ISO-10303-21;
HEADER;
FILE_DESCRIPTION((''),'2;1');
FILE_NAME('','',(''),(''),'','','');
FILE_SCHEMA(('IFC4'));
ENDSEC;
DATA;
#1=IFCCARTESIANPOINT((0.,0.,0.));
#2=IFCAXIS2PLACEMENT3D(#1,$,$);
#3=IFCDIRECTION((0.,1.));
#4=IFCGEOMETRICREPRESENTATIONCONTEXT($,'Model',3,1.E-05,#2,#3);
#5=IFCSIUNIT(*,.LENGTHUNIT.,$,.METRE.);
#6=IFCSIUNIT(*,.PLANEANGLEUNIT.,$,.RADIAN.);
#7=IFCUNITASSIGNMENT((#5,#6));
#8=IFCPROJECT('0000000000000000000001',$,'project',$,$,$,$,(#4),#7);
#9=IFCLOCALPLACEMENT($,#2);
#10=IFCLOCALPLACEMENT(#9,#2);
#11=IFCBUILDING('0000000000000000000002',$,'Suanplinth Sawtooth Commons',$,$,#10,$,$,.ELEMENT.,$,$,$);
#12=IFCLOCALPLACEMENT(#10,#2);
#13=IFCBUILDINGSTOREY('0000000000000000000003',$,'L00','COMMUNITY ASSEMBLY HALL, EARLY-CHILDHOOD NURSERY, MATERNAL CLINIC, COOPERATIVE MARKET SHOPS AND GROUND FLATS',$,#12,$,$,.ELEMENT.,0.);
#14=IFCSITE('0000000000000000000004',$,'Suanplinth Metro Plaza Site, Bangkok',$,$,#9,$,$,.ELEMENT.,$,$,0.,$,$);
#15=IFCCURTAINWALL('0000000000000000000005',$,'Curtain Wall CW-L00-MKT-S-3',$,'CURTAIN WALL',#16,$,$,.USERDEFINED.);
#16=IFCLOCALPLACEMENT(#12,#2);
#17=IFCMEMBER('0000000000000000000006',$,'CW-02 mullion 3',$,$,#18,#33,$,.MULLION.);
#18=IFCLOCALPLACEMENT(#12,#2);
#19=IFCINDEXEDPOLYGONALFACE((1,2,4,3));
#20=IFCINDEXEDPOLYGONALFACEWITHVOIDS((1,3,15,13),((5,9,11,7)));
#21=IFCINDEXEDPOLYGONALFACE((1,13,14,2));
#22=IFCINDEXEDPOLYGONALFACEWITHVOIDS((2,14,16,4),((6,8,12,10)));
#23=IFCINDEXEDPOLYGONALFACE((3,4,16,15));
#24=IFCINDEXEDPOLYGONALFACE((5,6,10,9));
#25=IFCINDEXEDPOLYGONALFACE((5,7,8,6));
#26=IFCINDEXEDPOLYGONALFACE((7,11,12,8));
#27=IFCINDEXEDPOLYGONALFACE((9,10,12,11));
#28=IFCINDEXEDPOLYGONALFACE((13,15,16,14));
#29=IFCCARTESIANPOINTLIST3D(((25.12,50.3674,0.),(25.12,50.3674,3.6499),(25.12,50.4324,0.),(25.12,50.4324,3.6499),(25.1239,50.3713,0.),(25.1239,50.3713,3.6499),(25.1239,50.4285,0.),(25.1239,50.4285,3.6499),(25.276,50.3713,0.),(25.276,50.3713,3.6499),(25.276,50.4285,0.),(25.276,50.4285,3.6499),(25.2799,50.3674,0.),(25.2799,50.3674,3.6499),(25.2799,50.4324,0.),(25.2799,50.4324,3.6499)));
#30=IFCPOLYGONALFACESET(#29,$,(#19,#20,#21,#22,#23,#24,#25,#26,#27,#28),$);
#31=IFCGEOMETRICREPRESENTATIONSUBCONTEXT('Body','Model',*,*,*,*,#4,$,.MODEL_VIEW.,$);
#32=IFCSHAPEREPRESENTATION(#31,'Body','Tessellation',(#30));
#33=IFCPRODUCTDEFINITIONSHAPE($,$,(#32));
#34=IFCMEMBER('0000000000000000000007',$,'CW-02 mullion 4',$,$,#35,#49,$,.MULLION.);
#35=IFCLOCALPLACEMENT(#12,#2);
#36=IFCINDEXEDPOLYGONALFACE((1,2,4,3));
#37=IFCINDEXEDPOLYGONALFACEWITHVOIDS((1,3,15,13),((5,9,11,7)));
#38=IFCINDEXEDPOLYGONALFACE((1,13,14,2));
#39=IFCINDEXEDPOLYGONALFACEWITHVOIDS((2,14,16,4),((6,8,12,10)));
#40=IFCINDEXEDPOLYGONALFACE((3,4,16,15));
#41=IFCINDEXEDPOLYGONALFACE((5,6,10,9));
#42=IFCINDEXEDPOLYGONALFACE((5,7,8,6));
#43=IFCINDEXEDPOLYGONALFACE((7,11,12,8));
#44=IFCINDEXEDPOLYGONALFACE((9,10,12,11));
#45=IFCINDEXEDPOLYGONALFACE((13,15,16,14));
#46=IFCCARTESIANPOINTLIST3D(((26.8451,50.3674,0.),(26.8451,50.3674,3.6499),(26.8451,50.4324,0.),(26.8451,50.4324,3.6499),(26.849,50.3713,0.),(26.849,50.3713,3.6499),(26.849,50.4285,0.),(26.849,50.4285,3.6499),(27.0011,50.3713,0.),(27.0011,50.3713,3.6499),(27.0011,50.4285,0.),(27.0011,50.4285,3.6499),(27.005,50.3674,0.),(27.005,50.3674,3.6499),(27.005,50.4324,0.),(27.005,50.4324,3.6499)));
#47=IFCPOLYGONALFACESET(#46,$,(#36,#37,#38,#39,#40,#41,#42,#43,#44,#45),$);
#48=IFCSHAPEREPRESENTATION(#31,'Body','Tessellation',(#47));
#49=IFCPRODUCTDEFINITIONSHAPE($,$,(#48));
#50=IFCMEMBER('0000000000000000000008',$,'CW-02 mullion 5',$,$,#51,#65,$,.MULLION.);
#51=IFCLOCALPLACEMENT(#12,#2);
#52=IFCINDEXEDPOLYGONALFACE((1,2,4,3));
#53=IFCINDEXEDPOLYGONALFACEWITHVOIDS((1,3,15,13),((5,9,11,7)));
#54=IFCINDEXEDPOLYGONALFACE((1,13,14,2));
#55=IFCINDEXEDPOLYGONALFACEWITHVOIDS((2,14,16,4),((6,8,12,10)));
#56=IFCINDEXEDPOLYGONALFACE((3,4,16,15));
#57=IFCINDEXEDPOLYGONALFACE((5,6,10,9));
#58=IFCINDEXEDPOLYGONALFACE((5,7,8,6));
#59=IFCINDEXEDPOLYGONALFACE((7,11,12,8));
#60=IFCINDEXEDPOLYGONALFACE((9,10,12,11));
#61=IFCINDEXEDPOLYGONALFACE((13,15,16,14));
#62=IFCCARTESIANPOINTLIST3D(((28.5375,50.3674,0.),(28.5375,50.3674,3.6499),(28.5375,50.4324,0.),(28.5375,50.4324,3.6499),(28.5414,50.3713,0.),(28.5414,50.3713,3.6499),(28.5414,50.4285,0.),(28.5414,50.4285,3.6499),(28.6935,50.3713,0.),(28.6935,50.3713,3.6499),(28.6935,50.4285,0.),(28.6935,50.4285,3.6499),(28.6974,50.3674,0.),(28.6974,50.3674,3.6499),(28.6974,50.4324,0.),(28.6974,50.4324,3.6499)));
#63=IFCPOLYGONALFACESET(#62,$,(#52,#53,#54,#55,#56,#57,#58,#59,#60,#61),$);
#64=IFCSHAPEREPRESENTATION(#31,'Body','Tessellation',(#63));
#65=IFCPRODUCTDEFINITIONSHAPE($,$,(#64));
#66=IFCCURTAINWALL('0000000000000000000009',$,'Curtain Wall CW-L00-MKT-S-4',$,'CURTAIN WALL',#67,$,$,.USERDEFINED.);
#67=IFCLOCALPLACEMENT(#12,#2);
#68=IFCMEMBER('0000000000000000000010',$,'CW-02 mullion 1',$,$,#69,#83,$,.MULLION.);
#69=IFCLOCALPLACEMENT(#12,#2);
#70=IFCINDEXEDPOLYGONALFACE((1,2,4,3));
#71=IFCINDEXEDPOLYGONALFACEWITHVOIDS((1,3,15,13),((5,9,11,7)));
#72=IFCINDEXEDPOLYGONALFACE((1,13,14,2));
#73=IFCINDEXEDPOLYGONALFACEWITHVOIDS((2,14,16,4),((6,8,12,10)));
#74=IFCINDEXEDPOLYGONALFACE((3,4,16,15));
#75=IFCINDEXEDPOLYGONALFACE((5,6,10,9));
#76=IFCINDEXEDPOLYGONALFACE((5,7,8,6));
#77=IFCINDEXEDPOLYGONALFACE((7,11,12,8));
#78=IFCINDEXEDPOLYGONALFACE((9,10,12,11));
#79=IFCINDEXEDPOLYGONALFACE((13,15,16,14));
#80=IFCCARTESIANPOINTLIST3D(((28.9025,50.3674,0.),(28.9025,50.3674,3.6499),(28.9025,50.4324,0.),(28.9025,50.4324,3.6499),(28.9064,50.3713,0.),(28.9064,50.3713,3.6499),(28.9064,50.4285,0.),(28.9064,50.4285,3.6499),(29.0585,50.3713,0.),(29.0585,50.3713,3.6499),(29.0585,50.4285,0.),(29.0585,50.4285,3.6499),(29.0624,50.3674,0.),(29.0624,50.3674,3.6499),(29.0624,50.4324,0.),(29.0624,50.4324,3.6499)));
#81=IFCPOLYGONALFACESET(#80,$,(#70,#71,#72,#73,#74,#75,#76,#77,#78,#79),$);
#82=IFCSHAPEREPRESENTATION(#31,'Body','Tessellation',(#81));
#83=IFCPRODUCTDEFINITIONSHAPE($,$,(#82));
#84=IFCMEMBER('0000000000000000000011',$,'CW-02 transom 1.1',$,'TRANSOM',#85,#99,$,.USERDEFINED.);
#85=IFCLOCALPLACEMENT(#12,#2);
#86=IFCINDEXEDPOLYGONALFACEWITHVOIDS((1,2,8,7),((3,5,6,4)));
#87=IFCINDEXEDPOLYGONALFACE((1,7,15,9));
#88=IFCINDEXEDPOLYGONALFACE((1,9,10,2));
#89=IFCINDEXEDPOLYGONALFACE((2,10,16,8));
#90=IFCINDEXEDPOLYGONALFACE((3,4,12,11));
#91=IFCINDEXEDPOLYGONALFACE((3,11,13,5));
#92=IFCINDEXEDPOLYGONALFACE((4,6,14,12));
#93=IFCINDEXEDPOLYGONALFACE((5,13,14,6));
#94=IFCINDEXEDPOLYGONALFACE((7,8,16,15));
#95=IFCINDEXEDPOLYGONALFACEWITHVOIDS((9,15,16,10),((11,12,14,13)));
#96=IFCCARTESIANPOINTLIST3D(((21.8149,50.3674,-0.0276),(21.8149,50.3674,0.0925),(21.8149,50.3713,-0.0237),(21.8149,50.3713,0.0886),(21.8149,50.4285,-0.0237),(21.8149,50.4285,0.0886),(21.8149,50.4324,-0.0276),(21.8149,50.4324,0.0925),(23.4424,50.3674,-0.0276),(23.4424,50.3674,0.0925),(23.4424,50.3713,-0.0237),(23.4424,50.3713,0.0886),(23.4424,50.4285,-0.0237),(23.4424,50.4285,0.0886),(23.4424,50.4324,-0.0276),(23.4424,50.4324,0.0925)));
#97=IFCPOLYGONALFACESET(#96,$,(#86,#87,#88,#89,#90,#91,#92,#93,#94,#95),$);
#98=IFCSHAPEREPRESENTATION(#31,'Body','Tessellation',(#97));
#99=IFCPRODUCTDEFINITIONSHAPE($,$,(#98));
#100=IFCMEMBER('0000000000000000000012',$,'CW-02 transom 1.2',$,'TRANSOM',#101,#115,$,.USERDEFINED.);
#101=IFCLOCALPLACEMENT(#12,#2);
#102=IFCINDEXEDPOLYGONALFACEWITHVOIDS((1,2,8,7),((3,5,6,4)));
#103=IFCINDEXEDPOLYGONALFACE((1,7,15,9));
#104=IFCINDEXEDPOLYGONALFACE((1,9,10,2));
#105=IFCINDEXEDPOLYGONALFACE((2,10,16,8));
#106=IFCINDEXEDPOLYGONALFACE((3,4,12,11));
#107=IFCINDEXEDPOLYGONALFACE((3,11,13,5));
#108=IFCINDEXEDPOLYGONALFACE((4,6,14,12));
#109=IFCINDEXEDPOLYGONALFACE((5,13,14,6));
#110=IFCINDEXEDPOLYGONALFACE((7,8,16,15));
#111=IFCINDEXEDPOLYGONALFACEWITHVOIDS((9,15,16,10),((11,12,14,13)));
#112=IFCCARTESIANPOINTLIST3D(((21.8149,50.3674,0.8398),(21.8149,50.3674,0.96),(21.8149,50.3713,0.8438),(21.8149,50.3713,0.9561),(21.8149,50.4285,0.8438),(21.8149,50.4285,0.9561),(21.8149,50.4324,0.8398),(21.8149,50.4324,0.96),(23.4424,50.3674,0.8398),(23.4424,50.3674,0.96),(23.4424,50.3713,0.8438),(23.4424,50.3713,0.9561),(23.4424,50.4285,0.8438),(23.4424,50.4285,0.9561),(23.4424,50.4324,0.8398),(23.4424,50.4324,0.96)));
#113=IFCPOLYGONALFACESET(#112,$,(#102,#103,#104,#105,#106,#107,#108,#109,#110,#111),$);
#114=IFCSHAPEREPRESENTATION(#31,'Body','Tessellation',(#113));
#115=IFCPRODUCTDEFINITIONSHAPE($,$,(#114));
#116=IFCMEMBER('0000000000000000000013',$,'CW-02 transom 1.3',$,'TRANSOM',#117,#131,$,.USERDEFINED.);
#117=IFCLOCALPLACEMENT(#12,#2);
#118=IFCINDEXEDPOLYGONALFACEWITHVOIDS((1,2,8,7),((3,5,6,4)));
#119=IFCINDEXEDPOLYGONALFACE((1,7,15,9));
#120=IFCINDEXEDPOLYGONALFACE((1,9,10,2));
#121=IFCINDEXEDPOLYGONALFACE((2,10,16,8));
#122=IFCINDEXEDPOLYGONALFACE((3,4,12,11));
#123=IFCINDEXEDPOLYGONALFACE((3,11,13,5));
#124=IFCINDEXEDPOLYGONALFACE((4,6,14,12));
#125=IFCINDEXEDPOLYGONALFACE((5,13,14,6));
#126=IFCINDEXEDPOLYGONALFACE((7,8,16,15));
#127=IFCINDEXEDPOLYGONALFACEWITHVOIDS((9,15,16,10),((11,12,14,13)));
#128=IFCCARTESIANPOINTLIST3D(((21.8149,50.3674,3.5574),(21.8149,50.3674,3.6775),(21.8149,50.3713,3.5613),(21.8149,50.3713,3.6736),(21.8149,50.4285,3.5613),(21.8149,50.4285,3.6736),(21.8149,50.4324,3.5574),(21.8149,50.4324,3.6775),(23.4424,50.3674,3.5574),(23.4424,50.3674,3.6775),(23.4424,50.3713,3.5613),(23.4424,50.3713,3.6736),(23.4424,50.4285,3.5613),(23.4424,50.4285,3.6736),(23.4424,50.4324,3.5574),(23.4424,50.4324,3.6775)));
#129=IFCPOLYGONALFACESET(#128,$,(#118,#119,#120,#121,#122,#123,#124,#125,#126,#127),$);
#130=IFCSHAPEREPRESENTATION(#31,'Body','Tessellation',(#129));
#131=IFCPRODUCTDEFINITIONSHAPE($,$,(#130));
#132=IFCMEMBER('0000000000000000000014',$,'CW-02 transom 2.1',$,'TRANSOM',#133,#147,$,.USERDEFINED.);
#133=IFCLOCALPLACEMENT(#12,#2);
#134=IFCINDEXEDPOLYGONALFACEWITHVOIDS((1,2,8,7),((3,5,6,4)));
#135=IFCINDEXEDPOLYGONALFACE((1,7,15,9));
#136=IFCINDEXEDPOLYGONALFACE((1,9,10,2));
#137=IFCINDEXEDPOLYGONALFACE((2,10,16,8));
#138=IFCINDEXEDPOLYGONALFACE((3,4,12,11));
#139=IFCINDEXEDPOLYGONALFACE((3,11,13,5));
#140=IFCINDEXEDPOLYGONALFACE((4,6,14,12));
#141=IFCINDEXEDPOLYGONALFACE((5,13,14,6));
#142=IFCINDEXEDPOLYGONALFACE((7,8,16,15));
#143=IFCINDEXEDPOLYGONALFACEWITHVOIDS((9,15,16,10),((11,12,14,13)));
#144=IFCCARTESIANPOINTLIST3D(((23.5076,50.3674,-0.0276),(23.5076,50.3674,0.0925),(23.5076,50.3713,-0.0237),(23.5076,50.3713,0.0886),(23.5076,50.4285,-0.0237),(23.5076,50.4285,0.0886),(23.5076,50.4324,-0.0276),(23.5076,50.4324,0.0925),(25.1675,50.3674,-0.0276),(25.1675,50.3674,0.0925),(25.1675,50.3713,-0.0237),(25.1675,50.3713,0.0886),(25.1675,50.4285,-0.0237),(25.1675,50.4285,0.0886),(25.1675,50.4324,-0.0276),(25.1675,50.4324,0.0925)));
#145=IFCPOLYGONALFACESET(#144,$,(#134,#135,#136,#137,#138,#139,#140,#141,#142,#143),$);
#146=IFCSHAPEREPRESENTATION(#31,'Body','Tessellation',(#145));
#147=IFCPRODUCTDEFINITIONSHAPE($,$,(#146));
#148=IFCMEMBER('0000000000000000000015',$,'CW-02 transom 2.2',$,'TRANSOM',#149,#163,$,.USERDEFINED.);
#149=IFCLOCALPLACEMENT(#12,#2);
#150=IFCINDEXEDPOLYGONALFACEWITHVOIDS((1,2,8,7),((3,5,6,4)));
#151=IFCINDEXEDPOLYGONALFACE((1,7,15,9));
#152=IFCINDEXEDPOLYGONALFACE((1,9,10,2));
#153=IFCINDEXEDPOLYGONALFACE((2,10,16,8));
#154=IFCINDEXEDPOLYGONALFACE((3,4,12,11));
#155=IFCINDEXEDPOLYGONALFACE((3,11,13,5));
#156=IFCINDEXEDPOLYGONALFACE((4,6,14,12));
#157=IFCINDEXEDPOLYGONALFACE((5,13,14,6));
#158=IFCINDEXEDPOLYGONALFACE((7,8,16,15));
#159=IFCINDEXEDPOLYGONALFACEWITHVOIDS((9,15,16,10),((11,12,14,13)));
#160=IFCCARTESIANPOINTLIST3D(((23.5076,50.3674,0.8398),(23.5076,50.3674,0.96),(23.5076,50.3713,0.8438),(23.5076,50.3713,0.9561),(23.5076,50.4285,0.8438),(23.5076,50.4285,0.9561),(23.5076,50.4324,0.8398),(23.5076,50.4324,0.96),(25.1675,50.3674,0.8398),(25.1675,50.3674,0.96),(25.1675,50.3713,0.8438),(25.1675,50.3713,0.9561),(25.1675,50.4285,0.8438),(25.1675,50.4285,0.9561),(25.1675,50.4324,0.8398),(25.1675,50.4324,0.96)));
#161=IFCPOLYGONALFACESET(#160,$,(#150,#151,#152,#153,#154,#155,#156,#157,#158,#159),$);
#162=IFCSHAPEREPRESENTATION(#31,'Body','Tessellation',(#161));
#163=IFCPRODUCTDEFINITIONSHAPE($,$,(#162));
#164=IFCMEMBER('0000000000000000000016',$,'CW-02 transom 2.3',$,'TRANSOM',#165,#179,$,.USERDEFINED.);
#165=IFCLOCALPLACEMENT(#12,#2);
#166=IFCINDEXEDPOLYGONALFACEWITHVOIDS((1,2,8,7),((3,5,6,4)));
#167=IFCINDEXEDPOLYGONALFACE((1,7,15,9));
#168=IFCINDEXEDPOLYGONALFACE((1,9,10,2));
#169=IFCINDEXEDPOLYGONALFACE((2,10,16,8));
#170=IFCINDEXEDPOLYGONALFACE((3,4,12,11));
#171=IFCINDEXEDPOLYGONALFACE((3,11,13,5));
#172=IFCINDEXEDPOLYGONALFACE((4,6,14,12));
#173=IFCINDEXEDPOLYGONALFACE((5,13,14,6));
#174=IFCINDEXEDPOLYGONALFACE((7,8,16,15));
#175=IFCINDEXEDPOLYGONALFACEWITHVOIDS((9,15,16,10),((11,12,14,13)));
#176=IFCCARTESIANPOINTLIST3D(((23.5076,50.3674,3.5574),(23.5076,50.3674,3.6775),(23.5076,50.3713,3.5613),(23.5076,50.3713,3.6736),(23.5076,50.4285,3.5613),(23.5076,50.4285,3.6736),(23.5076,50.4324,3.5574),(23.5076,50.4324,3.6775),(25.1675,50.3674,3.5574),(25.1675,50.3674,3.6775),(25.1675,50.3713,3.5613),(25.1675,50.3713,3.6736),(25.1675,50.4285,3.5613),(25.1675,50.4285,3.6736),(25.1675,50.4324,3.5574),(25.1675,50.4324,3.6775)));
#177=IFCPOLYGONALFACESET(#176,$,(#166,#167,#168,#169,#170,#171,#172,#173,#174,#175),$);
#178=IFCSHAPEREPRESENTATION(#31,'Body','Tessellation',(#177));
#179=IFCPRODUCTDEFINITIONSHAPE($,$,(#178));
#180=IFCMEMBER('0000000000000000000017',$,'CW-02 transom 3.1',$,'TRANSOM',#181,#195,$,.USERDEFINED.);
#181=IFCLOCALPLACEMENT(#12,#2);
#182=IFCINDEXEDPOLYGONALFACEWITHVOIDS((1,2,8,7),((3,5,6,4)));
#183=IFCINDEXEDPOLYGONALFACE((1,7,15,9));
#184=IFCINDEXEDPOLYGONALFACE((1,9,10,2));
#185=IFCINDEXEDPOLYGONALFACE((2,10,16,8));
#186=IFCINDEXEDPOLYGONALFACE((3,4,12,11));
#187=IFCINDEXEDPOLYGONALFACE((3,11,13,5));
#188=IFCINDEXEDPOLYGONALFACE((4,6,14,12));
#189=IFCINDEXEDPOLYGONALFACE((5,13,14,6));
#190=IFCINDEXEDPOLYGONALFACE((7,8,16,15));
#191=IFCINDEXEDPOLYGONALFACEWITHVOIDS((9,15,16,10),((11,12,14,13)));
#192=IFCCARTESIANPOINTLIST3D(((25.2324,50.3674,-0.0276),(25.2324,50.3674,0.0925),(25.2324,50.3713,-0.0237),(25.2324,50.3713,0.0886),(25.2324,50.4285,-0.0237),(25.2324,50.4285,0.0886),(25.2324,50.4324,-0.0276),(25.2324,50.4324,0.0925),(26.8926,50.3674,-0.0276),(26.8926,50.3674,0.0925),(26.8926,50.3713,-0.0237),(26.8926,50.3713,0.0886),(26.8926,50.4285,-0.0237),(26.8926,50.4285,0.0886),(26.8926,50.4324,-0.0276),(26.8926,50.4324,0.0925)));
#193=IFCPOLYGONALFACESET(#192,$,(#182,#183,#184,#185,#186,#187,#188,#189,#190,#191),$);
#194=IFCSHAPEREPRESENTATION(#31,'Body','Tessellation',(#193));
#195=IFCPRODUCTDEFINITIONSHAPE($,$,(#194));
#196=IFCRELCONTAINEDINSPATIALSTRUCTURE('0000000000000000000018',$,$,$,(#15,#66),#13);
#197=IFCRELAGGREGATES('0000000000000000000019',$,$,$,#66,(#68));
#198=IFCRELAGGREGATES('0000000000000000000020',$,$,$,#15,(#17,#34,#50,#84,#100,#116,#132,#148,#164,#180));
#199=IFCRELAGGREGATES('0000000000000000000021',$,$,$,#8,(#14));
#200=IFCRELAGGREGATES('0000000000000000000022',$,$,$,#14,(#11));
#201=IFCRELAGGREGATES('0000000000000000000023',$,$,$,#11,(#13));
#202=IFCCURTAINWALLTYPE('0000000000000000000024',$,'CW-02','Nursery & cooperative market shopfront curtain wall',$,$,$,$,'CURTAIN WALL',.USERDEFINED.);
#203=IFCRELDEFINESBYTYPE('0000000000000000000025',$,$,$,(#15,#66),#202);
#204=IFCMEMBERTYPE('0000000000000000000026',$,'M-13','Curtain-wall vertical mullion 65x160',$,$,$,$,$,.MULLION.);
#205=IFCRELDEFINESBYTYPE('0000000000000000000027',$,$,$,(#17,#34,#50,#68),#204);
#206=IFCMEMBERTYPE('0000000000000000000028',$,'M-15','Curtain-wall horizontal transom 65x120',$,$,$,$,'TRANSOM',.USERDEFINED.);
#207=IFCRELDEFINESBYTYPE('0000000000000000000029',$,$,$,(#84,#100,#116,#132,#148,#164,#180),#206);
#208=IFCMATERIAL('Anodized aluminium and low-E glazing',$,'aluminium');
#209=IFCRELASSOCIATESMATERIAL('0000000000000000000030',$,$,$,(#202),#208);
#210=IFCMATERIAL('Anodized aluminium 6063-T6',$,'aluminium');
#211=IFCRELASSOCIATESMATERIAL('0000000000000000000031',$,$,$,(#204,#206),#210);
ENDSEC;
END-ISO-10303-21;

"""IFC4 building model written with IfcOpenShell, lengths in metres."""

from ifc_helpers import new_model, si_unit, direction, frame, origin, origin_2d, place, context, subcontext, project, spatial, hollow_rectangle, extrude, material, material_profile, profile_set, type_object, element, aggregate, save


model = new_model("IFC4")

# Units and contexts
model_context = context("Model", 3, precision=1e-05, world=origin(), true_north=direction((0.0, 1.0)))
body_context = subcontext(model_context, "Body", "Model", "MODEL_VIEW")
ifc_project = project(units=[si_unit("LENGTHUNIT", "METRE"), si_unit("PLANEANGLEUNIT", "RADIAN")], contexts=[model_context])

# Site, building, storey
site_placement = place(None, origin())
site = spatial("IfcSite", under=ifc_project, at=site_placement, Name="Suanplinth Metro Plaza Site, Bangkok", CompositionType="ELEMENT", RefElevation=0.0)
building_placement = place(site_placement, origin())
building = spatial("IfcBuilding", under=site, at=building_placement, Name="Suanplinth Sawtooth Commons", CompositionType="ELEMENT")
storey_placement = place(building_placement, origin())
storey = spatial("IfcBuildingStorey", under=building, at=storey_placement, Name="L00", Description="COMMUNITY ASSEMBLY HALL, EARLY-CHILDHOOD NURSERY, MATERNAL CLINIC, COOPERATIVE MARKET SHOPS AND GROUND FLATS", CompositionType="ELEMENT", Elevation=0.0)

# Curtain wall, members
ifc_material_1 = material(Name="Anodized aluminium and low-E glazing", Category="aluminium")
curtain_wall_type = type_object("IfcCurtainWallType", Name="CW-02", Description="Nursery & cooperative market shopfront curtain wall", ElementType="CURTAIN WALL", PredefinedType="USERDEFINED", material=ifc_material_1)
curtain_wall_1_placement = place(storey_placement, origin())
curtain_wall_1 = element("IfcCurtainWall", 1, at=curtain_wall_1_placement, inside=storey, type_object=curtain_wall_type, Name="Curtain Wall CW-L00-MKT-S-3", ObjectType="CURTAIN WALL", PredefinedType="USERDEFINED")
ifc_material_2 = material(Name="Anodized aluminium 6063-T6", Category="aluminium")
ifc_material_profile_1 = material_profile(ifc_material_2, hollow_rectangle(XDim=0.0649, YDim=0.1599, WallThickness=0.0039, at=origin_2d()), Name="ALU-MUL 65x160")
ifc_profile_set_1 = profile_set([ifc_material_profile_1], Name="Anodized aluminium 6063-T6")
member_type_1 = type_object("IfcMemberType", Name="M-13", Description="Curtain-wall vertical mullion 65x160", PredefinedType="MULLION", material=ifc_profile_set_1)
member_1_placement = place(storey_placement, frame((25.2, 50.3999, 0.0), z_axis=(0.0, 0.0, 1.0), x_axis=(0.0, 1.0, 0.0)))
member_1 = element("IfcMember", 2, at=member_1_placement, type_object=member_type_1, Name="CW-02 mullion 3", PredefinedType="MULLION", context=body_context, shape_type="SweptSolid", body=[
    extrude(hollow_rectangle(XDim=0.0649, YDim=0.1599, WallThickness=0.0039, at=origin_2d()), origin(), (0.0, 0.0, 1.0), 3.6499),
])
member_2_placement = place(storey_placement, frame((26.925, 50.3999, 0.0), z_axis=(0.0, 0.0, 1.0), x_axis=(0.0, 1.0, 0.0)))
member_2 = element("IfcMember", 3, at=member_2_placement, type_object=member_type_1, Name="CW-02 mullion 4", PredefinedType="MULLION", context=body_context, shape_type="SweptSolid", body=[
    extrude(hollow_rectangle(XDim=0.0649, YDim=0.1599, WallThickness=0.0039, at=origin_2d()), origin(), (0.0, 0.0, 1.0), 3.6499),
])
member_3_placement = place(storey_placement, frame((28.6174, 50.3999, 0.0), z_axis=(0.0, 0.0, 1.0), x_axis=(0.0, 1.0, 0.0)))
member_3 = element("IfcMember", 4, at=member_3_placement, type_object=member_type_1, Name="CW-02 mullion 5", PredefinedType="MULLION", context=body_context, shape_type="SweptSolid", body=[
    extrude(hollow_rectangle(XDim=0.0649, YDim=0.1599, WallThickness=0.0039, at=origin_2d()), origin(), (0.0, 0.0, 1.0), 3.6499),
])

# Curtain wall, member
curtain_wall_2_placement = place(storey_placement, origin())
curtain_wall_2 = element("IfcCurtainWall", 5, at=curtain_wall_2_placement, inside=storey, type_object=curtain_wall_type, Name="Curtain Wall CW-L00-MKT-S-4", ObjectType="CURTAIN WALL", PredefinedType="USERDEFINED")
member_4_placement = place(storey_placement, frame((28.9824, 50.3999, 0.0), z_axis=(0.0, 0.0, 1.0), x_axis=(0.0, 1.0, 0.0)))
member_4 = element("IfcMember", 6, at=member_4_placement, type_object=member_type_1, Name="CW-02 mullion 1", PredefinedType="MULLION", context=body_context, shape_type="SweptSolid", body=[
    extrude(hollow_rectangle(XDim=0.0649, YDim=0.1599, WallThickness=0.0039, at=origin_2d()), origin(), (0.0, 0.0, 1.0), 3.6499),
])

# Members
ifc_material_profile_2 = material_profile(ifc_material_2, hollow_rectangle(XDim=0.0649, YDim=0.1201, WallThickness=0.0039, at=origin_2d()), Name="ALU-TRN 65x120")
ifc_profile_set_2 = profile_set([ifc_material_profile_2], Name="Anodized aluminium 6063-T6")
member_type_2 = type_object("IfcMemberType", Name="M-15", Description="Curtain-wall horizontal transom 65x120", ElementType="TRANSOM", PredefinedType="USERDEFINED", material=ifc_profile_set_2)
member_5_placement = place(storey_placement, frame((21.8149, 50.3999, 0.0325), z_axis=(1.0, 0.0, 0.0), x_axis=(0.0, 1.0, 0.0)))
member_5 = element("IfcMember", 7, at=member_5_placement, type_object=member_type_2, Name="CW-02 transom 1.1", ObjectType="TRANSOM", PredefinedType="USERDEFINED", context=body_context, shape_type="SweptSolid", body=[
    extrude(hollow_rectangle(XDim=0.0649, YDim=0.1201, WallThickness=0.0039, at=origin_2d()), origin(), (0.0, 0.0, 1.0), 1.6274),
])
member_6_placement = place(storey_placement, frame((21.8149, 50.3999, 0.8999), z_axis=(1.0, 0.0, 0.0), x_axis=(0.0, 1.0, 0.0)))
member_6 = element("IfcMember", 8, at=member_6_placement, type_object=member_type_2, Name="CW-02 transom 1.2", ObjectType="TRANSOM", PredefinedType="USERDEFINED", context=body_context, shape_type="SweptSolid", body=[
    extrude(hollow_rectangle(XDim=0.0649, YDim=0.1201, WallThickness=0.0039, at=origin_2d()), origin(), (0.0, 0.0, 1.0), 1.6274),
])
member_7_placement = place(storey_placement, frame((21.8149, 50.3999, 3.6174), z_axis=(1.0, 0.0, 0.0), x_axis=(0.0, 1.0, 0.0)))
member_7 = element("IfcMember", 9, at=member_7_placement, type_object=member_type_2, Name="CW-02 transom 1.3", ObjectType="TRANSOM", PredefinedType="USERDEFINED", context=body_context, shape_type="SweptSolid", body=[
    extrude(hollow_rectangle(XDim=0.0649, YDim=0.1201, WallThickness=0.0039, at=origin_2d()), origin(), (0.0, 0.0, 1.0), 1.6274),
])
member_8_placement = place(storey_placement, frame((23.5076, 50.3999, 0.0325), z_axis=(1.0, 0.0, 0.0), x_axis=(0.0, 1.0, 0.0)))
member_8 = element("IfcMember", 10, at=member_8_placement, type_object=member_type_2, Name="CW-02 transom 2.1", ObjectType="TRANSOM", PredefinedType="USERDEFINED", context=body_context, shape_type="SweptSolid", body=[
    extrude(hollow_rectangle(XDim=0.0649, YDim=0.1201, WallThickness=0.0039, at=origin_2d()), origin(), (0.0, 0.0, 1.0), 1.6599),
])
member_9_placement = place(storey_placement, frame((23.5076, 50.3999, 0.8999), z_axis=(1.0, 0.0, 0.0), x_axis=(0.0, 1.0, 0.0)))
member_9 = element("IfcMember", 11, at=member_9_placement, type_object=member_type_2, Name="CW-02 transom 2.2", ObjectType="TRANSOM", PredefinedType="USERDEFINED", context=body_context, shape_type="SweptSolid", body=[
    extrude(hollow_rectangle(XDim=0.0649, YDim=0.1201, WallThickness=0.0039, at=origin_2d()), origin(), (0.0, 0.0, 1.0), 1.6599),
])
member_10_placement = place(storey_placement, frame((23.5076, 50.3999, 3.6174), z_axis=(1.0, 0.0, 0.0), x_axis=(0.0, 1.0, 0.0)))
member_10 = element("IfcMember", 12, at=member_10_placement, type_object=member_type_2, Name="CW-02 transom 2.3", ObjectType="TRANSOM", PredefinedType="USERDEFINED", context=body_context, shape_type="SweptSolid", body=[
    extrude(hollow_rectangle(XDim=0.0649, YDim=0.1201, WallThickness=0.0039, at=origin_2d()), origin(), (0.0, 0.0, 1.0), 1.6599),
])
member_11_placement = place(storey_placement, frame((25.2324, 50.3999, 0.0325), z_axis=(1.0, 0.0, 0.0), x_axis=(0.0, 1.0, 0.0)))
member_11 = element("IfcMember", 13, at=member_11_placement, type_object=member_type_2, Name="CW-02 transom 3.1", ObjectType="TRANSOM", PredefinedType="USERDEFINED", context=body_context, shape_type="SweptSolid", body=[
    extrude(hollow_rectangle(XDim=0.0649, YDim=0.1201, WallThickness=0.0039, at=origin_2d()), origin(), (0.0, 0.0, 1.0), 1.6602),
])
aggregate(curtain_wall_2, [member_4])

aggregate(curtain_wall_1, [member_1, member_2, member_3, member_5, member_6, member_7, member_8, member_9, member_10, member_11])

save(model, "model.ifc")
